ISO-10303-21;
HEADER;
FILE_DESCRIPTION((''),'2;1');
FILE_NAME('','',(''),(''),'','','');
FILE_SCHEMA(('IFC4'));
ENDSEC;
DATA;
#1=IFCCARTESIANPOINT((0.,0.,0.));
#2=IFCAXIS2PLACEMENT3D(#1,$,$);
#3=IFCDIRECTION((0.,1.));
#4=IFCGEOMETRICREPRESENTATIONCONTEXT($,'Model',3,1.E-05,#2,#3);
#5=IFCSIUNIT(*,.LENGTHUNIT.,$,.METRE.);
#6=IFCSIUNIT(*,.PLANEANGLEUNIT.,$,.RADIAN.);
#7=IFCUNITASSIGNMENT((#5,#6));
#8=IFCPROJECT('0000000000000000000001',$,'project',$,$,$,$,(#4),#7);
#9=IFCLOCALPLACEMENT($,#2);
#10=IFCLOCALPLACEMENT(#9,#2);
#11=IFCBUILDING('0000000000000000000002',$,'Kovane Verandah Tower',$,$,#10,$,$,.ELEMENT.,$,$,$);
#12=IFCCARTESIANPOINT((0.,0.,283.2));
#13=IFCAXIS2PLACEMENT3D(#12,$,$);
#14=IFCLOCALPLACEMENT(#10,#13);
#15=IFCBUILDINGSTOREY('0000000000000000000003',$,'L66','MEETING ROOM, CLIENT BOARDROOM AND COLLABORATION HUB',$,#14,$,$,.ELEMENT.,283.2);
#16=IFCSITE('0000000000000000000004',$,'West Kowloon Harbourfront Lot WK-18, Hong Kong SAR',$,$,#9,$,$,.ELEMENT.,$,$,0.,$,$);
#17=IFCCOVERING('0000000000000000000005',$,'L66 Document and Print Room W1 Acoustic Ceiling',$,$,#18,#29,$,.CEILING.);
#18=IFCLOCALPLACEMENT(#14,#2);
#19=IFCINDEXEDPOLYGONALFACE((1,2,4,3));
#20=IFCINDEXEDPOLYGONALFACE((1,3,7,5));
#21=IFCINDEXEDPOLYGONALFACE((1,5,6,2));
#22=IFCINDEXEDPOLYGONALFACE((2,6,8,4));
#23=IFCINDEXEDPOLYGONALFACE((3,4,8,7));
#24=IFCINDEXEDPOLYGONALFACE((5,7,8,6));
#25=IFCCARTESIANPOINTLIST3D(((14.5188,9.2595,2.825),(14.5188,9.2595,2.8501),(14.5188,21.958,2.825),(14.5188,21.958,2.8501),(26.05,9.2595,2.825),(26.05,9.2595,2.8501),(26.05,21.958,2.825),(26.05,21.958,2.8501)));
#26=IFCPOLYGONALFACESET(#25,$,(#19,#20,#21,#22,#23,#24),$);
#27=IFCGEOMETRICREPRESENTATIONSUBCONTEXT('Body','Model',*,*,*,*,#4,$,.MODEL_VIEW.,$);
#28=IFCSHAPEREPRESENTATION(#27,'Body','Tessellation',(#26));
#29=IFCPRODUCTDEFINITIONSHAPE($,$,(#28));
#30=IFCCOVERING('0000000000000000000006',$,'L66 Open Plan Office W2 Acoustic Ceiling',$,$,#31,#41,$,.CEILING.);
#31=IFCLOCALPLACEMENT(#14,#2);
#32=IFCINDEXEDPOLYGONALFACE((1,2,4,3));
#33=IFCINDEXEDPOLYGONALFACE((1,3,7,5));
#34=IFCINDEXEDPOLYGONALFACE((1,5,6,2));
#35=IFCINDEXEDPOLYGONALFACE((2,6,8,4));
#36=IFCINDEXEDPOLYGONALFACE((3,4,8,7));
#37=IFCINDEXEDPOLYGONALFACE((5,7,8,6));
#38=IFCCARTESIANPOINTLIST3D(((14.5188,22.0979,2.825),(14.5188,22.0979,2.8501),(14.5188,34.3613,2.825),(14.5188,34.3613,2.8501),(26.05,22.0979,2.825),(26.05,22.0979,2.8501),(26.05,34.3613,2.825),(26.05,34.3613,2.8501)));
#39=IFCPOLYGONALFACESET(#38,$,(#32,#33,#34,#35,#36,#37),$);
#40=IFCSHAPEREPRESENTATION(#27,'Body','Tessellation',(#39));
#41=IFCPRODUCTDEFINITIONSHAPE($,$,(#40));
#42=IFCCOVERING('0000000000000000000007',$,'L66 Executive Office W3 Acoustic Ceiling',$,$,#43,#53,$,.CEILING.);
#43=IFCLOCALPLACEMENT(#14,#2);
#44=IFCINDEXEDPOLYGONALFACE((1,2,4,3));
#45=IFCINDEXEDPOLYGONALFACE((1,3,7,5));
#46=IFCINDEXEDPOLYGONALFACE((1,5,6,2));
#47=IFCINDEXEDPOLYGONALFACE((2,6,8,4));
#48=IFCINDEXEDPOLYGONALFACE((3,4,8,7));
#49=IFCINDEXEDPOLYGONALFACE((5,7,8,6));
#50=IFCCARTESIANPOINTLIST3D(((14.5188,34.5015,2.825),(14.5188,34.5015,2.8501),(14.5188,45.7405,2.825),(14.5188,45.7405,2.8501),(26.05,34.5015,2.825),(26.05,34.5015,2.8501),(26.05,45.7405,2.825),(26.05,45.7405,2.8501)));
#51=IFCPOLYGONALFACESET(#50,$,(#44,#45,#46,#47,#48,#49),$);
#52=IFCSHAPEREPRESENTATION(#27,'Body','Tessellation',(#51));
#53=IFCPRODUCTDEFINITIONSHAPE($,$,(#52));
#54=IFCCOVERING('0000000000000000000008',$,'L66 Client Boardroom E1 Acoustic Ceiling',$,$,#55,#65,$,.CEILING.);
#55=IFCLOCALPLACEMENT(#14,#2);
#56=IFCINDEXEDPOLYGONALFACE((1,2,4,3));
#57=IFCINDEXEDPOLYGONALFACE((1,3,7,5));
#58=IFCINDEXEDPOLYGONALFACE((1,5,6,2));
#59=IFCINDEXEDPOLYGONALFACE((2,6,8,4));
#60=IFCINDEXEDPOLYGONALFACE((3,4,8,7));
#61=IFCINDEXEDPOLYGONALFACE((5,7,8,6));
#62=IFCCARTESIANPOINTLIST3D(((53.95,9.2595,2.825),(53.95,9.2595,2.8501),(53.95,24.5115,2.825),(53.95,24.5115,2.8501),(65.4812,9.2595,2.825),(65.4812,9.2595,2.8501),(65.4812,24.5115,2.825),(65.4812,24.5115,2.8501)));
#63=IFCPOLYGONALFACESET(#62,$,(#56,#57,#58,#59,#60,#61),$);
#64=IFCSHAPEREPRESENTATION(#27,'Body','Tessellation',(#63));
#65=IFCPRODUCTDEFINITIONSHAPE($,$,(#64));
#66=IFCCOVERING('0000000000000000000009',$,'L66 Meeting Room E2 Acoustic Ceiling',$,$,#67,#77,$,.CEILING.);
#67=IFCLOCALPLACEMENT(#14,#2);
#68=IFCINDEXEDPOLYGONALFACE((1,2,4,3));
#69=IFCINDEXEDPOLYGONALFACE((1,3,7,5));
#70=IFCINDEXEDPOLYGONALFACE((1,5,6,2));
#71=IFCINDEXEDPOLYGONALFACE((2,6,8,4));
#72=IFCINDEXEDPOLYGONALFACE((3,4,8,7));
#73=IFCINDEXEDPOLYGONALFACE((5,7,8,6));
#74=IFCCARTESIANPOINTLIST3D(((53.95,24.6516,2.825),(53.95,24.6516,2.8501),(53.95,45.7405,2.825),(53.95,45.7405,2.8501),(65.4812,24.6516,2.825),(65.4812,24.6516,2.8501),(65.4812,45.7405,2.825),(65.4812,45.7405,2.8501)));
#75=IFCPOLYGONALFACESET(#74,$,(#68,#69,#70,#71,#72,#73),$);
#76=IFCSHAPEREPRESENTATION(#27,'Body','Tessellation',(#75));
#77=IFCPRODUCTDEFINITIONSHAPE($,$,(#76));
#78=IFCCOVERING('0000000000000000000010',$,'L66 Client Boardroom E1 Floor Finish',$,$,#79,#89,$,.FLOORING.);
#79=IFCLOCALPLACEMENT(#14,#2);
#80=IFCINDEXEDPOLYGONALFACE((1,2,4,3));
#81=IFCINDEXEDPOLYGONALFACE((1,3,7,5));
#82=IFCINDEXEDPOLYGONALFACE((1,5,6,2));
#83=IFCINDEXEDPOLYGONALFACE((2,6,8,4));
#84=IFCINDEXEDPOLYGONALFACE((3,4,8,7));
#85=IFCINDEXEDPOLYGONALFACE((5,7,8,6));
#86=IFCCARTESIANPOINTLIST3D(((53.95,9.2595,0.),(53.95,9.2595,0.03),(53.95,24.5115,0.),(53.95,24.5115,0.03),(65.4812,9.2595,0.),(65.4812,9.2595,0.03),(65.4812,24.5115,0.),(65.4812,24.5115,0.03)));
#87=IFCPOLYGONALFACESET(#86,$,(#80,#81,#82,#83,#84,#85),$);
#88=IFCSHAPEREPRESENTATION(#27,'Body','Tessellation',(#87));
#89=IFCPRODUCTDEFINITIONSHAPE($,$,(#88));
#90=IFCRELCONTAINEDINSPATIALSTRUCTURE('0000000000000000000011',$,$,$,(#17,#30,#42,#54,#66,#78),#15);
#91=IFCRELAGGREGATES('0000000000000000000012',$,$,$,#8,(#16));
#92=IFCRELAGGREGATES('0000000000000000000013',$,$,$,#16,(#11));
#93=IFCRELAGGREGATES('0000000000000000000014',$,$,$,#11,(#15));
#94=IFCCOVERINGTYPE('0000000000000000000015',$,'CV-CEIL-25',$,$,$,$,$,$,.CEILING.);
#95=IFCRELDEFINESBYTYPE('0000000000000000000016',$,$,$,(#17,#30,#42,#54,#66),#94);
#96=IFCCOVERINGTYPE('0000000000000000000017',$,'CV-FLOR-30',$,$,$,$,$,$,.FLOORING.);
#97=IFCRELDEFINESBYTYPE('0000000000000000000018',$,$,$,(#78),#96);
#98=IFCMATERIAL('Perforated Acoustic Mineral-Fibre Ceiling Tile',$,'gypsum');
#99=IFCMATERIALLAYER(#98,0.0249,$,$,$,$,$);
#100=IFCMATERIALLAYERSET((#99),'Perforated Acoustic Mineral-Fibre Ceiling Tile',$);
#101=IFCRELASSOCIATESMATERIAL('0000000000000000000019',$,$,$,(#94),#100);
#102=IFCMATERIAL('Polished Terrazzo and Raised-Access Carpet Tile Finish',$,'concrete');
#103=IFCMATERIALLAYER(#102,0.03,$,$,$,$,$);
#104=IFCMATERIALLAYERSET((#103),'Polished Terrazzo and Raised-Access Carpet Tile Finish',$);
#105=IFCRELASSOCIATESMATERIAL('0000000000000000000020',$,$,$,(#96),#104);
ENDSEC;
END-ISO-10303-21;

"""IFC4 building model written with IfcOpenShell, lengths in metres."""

from ifc_helpers import new_model, si_unit, direction, frame, origin, place, context, subcontext, project, spatial, polyline, outline, extrude, material, layer, layer_set, type_object, element, save


model = new_model("IFC4")

# Units and contexts
model_context = context("Model", 3, precision=1e-05, world=origin(), true_north=direction((0.0, 1.0)))
body_context = subcontext(model_context, "Body", "Model", "MODEL_VIEW")
ifc_project = project(units=[si_unit("LENGTHUNIT", "METRE"), si_unit("PLANEANGLEUNIT", "RADIAN")], contexts=[model_context])

# Site, building, storey
site_placement = place(None, origin())
site = spatial("IfcSite", under=ifc_project, at=site_placement, Name="West Kowloon Harbourfront Lot WK-18, Hong Kong SAR", CompositionType="ELEMENT", RefElevation=0.0)
building_placement = place(site_placement, origin())
building = spatial("IfcBuilding", under=site, at=building_placement, Name="Kovane Verandah Tower", CompositionType="ELEMENT")
storey_placement = place(building_placement, frame((0.0, 0.0, 283.2)))
storey = spatial("IfcBuildingStorey", under=building, at=storey_placement, Name="L66", Description="MEETING ROOM, CLIENT BOARDROOM AND COLLABORATION HUB", CompositionType="ELEMENT", Elevation=283.2)

# Coverings
ifc_material_1 = material(Name="Perforated Acoustic Mineral-Fibre Ceiling Tile", Category="gypsum")
ifc_layer_1 = layer(ifc_material_1, 0.0249)
ifc_layer_set_1 = layer_set([ifc_layer_1], Name="Perforated Acoustic Mineral-Fibre Ceiling Tile")
covering_type_1 = type_object("IfcCoveringType", Name="CV-CEIL-25", PredefinedType="CEILING", material=ifc_layer_set_1)
covering_1_placement = place(storey_placement, frame((0.0, 0.0, 2.825)))
element("IfcCovering", 1, at=covering_1_placement, inside=storey, type_object=covering_type_1, Name="L66 Document and Print Room W1 Acoustic Ceiling", PredefinedType="CEILING", context=body_context, shape_type="SweptSolid", body=[
    extrude(outline(polyline([(14.5188, 9.2595), (26.05, 9.2595), (26.05, 21.958), (14.5188, 21.958), (14.5188, 9.2595)])), origin(), (0.0, 0.0, 1.0), 0.0251),
])
covering_2_placement = place(storey_placement, frame((0.0, 0.0, 2.825)))
element("IfcCovering", 2, at=covering_2_placement, inside=storey, type_object=covering_type_1, Name="L66 Open Plan Office W2 Acoustic Ceiling", PredefinedType="CEILING", context=body_context, shape_type="SweptSolid", body=[
    extrude(outline(polyline([(14.5188, 22.0979), (26.05, 22.0979), (26.05, 34.3613), (14.5188, 34.3613), (14.5188, 22.0979)])), origin(), (0.0, 0.0, 1.0), 0.0251),
])
covering_3_placement = place(storey_placement, frame((0.0, 0.0, 2.825)))
element("IfcCovering", 3, at=covering_3_placement, inside=storey, type_object=covering_type_1, Name="L66 Executive Office W3 Acoustic Ceiling", PredefinedType="CEILING", context=body_context, shape_type="SweptSolid", body=[
    extrude(outline(polyline([(14.5188, 34.5015), (26.05, 34.5015), (26.05, 45.7405), (14.5188, 45.7405), (14.5188, 34.5015)])), origin(), (0.0, 0.0, 1.0), 0.0251),
])
covering_4_placement = place(storey_placement, frame((0.0, 0.0, 2.825)))
element("IfcCovering", 4, at=covering_4_placement, inside=storey, type_object=covering_type_1, Name="L66 Client Boardroom E1 Acoustic Ceiling", PredefinedType="CEILING", context=body_context, shape_type="SweptSolid", body=[
    extrude(outline(polyline([(53.95, 9.2595), (65.4812, 9.2595), (65.4812, 24.5115), (53.95, 24.5115), (53.95, 9.2595)])), origin(), (0.0, 0.0, 1.0), 0.0251),
])
covering_5_placement = place(storey_placement, frame((0.0, 0.0, 2.825)))
element("IfcCovering", 5, at=covering_5_placement, inside=storey, type_object=covering_type_1, Name="L66 Meeting Room E2 Acoustic Ceiling", PredefinedType="CEILING", context=body_context, shape_type="SweptSolid", body=[
    extrude(outline(polyline([(53.95, 24.6516), (65.4812, 24.6516), (65.4812, 45.7405), (53.95, 45.7405), (53.95, 24.6516)])), origin(), (0.0, 0.0, 1.0), 0.0251),
])
ifc_material_2 = material(Name="Polished Terrazzo and Raised-Access Carpet Tile Finish", Category="concrete")
ifc_layer_2 = layer(ifc_material_2, 0.03)
ifc_layer_set_2 = layer_set([ifc_layer_2], Name="Polished Terrazzo and Raised-Access Carpet Tile Finish")
covering_type_2 = type_object("IfcCoveringType", Name="CV-FLOR-30", PredefinedType="FLOORING", material=ifc_layer_set_2)
covering_6_placement = place(storey_placement, origin())
element("IfcCovering", 6, at=covering_6_placement, inside=storey, type_object=covering_type_2, Name="L66 Client Boardroom E1 Floor Finish", PredefinedType="FLOORING", context=body_context, shape_type="SweptSolid", body=[
    extrude(outline(polyline([(53.95, 9.2595), (65.4812, 9.2595), (65.4812, 24.5115), (53.95, 24.5115), (53.95, 9.2595)])), origin(), (0.0, 0.0, 1.0), 0.03),
])

save(model, "model.ifc")
